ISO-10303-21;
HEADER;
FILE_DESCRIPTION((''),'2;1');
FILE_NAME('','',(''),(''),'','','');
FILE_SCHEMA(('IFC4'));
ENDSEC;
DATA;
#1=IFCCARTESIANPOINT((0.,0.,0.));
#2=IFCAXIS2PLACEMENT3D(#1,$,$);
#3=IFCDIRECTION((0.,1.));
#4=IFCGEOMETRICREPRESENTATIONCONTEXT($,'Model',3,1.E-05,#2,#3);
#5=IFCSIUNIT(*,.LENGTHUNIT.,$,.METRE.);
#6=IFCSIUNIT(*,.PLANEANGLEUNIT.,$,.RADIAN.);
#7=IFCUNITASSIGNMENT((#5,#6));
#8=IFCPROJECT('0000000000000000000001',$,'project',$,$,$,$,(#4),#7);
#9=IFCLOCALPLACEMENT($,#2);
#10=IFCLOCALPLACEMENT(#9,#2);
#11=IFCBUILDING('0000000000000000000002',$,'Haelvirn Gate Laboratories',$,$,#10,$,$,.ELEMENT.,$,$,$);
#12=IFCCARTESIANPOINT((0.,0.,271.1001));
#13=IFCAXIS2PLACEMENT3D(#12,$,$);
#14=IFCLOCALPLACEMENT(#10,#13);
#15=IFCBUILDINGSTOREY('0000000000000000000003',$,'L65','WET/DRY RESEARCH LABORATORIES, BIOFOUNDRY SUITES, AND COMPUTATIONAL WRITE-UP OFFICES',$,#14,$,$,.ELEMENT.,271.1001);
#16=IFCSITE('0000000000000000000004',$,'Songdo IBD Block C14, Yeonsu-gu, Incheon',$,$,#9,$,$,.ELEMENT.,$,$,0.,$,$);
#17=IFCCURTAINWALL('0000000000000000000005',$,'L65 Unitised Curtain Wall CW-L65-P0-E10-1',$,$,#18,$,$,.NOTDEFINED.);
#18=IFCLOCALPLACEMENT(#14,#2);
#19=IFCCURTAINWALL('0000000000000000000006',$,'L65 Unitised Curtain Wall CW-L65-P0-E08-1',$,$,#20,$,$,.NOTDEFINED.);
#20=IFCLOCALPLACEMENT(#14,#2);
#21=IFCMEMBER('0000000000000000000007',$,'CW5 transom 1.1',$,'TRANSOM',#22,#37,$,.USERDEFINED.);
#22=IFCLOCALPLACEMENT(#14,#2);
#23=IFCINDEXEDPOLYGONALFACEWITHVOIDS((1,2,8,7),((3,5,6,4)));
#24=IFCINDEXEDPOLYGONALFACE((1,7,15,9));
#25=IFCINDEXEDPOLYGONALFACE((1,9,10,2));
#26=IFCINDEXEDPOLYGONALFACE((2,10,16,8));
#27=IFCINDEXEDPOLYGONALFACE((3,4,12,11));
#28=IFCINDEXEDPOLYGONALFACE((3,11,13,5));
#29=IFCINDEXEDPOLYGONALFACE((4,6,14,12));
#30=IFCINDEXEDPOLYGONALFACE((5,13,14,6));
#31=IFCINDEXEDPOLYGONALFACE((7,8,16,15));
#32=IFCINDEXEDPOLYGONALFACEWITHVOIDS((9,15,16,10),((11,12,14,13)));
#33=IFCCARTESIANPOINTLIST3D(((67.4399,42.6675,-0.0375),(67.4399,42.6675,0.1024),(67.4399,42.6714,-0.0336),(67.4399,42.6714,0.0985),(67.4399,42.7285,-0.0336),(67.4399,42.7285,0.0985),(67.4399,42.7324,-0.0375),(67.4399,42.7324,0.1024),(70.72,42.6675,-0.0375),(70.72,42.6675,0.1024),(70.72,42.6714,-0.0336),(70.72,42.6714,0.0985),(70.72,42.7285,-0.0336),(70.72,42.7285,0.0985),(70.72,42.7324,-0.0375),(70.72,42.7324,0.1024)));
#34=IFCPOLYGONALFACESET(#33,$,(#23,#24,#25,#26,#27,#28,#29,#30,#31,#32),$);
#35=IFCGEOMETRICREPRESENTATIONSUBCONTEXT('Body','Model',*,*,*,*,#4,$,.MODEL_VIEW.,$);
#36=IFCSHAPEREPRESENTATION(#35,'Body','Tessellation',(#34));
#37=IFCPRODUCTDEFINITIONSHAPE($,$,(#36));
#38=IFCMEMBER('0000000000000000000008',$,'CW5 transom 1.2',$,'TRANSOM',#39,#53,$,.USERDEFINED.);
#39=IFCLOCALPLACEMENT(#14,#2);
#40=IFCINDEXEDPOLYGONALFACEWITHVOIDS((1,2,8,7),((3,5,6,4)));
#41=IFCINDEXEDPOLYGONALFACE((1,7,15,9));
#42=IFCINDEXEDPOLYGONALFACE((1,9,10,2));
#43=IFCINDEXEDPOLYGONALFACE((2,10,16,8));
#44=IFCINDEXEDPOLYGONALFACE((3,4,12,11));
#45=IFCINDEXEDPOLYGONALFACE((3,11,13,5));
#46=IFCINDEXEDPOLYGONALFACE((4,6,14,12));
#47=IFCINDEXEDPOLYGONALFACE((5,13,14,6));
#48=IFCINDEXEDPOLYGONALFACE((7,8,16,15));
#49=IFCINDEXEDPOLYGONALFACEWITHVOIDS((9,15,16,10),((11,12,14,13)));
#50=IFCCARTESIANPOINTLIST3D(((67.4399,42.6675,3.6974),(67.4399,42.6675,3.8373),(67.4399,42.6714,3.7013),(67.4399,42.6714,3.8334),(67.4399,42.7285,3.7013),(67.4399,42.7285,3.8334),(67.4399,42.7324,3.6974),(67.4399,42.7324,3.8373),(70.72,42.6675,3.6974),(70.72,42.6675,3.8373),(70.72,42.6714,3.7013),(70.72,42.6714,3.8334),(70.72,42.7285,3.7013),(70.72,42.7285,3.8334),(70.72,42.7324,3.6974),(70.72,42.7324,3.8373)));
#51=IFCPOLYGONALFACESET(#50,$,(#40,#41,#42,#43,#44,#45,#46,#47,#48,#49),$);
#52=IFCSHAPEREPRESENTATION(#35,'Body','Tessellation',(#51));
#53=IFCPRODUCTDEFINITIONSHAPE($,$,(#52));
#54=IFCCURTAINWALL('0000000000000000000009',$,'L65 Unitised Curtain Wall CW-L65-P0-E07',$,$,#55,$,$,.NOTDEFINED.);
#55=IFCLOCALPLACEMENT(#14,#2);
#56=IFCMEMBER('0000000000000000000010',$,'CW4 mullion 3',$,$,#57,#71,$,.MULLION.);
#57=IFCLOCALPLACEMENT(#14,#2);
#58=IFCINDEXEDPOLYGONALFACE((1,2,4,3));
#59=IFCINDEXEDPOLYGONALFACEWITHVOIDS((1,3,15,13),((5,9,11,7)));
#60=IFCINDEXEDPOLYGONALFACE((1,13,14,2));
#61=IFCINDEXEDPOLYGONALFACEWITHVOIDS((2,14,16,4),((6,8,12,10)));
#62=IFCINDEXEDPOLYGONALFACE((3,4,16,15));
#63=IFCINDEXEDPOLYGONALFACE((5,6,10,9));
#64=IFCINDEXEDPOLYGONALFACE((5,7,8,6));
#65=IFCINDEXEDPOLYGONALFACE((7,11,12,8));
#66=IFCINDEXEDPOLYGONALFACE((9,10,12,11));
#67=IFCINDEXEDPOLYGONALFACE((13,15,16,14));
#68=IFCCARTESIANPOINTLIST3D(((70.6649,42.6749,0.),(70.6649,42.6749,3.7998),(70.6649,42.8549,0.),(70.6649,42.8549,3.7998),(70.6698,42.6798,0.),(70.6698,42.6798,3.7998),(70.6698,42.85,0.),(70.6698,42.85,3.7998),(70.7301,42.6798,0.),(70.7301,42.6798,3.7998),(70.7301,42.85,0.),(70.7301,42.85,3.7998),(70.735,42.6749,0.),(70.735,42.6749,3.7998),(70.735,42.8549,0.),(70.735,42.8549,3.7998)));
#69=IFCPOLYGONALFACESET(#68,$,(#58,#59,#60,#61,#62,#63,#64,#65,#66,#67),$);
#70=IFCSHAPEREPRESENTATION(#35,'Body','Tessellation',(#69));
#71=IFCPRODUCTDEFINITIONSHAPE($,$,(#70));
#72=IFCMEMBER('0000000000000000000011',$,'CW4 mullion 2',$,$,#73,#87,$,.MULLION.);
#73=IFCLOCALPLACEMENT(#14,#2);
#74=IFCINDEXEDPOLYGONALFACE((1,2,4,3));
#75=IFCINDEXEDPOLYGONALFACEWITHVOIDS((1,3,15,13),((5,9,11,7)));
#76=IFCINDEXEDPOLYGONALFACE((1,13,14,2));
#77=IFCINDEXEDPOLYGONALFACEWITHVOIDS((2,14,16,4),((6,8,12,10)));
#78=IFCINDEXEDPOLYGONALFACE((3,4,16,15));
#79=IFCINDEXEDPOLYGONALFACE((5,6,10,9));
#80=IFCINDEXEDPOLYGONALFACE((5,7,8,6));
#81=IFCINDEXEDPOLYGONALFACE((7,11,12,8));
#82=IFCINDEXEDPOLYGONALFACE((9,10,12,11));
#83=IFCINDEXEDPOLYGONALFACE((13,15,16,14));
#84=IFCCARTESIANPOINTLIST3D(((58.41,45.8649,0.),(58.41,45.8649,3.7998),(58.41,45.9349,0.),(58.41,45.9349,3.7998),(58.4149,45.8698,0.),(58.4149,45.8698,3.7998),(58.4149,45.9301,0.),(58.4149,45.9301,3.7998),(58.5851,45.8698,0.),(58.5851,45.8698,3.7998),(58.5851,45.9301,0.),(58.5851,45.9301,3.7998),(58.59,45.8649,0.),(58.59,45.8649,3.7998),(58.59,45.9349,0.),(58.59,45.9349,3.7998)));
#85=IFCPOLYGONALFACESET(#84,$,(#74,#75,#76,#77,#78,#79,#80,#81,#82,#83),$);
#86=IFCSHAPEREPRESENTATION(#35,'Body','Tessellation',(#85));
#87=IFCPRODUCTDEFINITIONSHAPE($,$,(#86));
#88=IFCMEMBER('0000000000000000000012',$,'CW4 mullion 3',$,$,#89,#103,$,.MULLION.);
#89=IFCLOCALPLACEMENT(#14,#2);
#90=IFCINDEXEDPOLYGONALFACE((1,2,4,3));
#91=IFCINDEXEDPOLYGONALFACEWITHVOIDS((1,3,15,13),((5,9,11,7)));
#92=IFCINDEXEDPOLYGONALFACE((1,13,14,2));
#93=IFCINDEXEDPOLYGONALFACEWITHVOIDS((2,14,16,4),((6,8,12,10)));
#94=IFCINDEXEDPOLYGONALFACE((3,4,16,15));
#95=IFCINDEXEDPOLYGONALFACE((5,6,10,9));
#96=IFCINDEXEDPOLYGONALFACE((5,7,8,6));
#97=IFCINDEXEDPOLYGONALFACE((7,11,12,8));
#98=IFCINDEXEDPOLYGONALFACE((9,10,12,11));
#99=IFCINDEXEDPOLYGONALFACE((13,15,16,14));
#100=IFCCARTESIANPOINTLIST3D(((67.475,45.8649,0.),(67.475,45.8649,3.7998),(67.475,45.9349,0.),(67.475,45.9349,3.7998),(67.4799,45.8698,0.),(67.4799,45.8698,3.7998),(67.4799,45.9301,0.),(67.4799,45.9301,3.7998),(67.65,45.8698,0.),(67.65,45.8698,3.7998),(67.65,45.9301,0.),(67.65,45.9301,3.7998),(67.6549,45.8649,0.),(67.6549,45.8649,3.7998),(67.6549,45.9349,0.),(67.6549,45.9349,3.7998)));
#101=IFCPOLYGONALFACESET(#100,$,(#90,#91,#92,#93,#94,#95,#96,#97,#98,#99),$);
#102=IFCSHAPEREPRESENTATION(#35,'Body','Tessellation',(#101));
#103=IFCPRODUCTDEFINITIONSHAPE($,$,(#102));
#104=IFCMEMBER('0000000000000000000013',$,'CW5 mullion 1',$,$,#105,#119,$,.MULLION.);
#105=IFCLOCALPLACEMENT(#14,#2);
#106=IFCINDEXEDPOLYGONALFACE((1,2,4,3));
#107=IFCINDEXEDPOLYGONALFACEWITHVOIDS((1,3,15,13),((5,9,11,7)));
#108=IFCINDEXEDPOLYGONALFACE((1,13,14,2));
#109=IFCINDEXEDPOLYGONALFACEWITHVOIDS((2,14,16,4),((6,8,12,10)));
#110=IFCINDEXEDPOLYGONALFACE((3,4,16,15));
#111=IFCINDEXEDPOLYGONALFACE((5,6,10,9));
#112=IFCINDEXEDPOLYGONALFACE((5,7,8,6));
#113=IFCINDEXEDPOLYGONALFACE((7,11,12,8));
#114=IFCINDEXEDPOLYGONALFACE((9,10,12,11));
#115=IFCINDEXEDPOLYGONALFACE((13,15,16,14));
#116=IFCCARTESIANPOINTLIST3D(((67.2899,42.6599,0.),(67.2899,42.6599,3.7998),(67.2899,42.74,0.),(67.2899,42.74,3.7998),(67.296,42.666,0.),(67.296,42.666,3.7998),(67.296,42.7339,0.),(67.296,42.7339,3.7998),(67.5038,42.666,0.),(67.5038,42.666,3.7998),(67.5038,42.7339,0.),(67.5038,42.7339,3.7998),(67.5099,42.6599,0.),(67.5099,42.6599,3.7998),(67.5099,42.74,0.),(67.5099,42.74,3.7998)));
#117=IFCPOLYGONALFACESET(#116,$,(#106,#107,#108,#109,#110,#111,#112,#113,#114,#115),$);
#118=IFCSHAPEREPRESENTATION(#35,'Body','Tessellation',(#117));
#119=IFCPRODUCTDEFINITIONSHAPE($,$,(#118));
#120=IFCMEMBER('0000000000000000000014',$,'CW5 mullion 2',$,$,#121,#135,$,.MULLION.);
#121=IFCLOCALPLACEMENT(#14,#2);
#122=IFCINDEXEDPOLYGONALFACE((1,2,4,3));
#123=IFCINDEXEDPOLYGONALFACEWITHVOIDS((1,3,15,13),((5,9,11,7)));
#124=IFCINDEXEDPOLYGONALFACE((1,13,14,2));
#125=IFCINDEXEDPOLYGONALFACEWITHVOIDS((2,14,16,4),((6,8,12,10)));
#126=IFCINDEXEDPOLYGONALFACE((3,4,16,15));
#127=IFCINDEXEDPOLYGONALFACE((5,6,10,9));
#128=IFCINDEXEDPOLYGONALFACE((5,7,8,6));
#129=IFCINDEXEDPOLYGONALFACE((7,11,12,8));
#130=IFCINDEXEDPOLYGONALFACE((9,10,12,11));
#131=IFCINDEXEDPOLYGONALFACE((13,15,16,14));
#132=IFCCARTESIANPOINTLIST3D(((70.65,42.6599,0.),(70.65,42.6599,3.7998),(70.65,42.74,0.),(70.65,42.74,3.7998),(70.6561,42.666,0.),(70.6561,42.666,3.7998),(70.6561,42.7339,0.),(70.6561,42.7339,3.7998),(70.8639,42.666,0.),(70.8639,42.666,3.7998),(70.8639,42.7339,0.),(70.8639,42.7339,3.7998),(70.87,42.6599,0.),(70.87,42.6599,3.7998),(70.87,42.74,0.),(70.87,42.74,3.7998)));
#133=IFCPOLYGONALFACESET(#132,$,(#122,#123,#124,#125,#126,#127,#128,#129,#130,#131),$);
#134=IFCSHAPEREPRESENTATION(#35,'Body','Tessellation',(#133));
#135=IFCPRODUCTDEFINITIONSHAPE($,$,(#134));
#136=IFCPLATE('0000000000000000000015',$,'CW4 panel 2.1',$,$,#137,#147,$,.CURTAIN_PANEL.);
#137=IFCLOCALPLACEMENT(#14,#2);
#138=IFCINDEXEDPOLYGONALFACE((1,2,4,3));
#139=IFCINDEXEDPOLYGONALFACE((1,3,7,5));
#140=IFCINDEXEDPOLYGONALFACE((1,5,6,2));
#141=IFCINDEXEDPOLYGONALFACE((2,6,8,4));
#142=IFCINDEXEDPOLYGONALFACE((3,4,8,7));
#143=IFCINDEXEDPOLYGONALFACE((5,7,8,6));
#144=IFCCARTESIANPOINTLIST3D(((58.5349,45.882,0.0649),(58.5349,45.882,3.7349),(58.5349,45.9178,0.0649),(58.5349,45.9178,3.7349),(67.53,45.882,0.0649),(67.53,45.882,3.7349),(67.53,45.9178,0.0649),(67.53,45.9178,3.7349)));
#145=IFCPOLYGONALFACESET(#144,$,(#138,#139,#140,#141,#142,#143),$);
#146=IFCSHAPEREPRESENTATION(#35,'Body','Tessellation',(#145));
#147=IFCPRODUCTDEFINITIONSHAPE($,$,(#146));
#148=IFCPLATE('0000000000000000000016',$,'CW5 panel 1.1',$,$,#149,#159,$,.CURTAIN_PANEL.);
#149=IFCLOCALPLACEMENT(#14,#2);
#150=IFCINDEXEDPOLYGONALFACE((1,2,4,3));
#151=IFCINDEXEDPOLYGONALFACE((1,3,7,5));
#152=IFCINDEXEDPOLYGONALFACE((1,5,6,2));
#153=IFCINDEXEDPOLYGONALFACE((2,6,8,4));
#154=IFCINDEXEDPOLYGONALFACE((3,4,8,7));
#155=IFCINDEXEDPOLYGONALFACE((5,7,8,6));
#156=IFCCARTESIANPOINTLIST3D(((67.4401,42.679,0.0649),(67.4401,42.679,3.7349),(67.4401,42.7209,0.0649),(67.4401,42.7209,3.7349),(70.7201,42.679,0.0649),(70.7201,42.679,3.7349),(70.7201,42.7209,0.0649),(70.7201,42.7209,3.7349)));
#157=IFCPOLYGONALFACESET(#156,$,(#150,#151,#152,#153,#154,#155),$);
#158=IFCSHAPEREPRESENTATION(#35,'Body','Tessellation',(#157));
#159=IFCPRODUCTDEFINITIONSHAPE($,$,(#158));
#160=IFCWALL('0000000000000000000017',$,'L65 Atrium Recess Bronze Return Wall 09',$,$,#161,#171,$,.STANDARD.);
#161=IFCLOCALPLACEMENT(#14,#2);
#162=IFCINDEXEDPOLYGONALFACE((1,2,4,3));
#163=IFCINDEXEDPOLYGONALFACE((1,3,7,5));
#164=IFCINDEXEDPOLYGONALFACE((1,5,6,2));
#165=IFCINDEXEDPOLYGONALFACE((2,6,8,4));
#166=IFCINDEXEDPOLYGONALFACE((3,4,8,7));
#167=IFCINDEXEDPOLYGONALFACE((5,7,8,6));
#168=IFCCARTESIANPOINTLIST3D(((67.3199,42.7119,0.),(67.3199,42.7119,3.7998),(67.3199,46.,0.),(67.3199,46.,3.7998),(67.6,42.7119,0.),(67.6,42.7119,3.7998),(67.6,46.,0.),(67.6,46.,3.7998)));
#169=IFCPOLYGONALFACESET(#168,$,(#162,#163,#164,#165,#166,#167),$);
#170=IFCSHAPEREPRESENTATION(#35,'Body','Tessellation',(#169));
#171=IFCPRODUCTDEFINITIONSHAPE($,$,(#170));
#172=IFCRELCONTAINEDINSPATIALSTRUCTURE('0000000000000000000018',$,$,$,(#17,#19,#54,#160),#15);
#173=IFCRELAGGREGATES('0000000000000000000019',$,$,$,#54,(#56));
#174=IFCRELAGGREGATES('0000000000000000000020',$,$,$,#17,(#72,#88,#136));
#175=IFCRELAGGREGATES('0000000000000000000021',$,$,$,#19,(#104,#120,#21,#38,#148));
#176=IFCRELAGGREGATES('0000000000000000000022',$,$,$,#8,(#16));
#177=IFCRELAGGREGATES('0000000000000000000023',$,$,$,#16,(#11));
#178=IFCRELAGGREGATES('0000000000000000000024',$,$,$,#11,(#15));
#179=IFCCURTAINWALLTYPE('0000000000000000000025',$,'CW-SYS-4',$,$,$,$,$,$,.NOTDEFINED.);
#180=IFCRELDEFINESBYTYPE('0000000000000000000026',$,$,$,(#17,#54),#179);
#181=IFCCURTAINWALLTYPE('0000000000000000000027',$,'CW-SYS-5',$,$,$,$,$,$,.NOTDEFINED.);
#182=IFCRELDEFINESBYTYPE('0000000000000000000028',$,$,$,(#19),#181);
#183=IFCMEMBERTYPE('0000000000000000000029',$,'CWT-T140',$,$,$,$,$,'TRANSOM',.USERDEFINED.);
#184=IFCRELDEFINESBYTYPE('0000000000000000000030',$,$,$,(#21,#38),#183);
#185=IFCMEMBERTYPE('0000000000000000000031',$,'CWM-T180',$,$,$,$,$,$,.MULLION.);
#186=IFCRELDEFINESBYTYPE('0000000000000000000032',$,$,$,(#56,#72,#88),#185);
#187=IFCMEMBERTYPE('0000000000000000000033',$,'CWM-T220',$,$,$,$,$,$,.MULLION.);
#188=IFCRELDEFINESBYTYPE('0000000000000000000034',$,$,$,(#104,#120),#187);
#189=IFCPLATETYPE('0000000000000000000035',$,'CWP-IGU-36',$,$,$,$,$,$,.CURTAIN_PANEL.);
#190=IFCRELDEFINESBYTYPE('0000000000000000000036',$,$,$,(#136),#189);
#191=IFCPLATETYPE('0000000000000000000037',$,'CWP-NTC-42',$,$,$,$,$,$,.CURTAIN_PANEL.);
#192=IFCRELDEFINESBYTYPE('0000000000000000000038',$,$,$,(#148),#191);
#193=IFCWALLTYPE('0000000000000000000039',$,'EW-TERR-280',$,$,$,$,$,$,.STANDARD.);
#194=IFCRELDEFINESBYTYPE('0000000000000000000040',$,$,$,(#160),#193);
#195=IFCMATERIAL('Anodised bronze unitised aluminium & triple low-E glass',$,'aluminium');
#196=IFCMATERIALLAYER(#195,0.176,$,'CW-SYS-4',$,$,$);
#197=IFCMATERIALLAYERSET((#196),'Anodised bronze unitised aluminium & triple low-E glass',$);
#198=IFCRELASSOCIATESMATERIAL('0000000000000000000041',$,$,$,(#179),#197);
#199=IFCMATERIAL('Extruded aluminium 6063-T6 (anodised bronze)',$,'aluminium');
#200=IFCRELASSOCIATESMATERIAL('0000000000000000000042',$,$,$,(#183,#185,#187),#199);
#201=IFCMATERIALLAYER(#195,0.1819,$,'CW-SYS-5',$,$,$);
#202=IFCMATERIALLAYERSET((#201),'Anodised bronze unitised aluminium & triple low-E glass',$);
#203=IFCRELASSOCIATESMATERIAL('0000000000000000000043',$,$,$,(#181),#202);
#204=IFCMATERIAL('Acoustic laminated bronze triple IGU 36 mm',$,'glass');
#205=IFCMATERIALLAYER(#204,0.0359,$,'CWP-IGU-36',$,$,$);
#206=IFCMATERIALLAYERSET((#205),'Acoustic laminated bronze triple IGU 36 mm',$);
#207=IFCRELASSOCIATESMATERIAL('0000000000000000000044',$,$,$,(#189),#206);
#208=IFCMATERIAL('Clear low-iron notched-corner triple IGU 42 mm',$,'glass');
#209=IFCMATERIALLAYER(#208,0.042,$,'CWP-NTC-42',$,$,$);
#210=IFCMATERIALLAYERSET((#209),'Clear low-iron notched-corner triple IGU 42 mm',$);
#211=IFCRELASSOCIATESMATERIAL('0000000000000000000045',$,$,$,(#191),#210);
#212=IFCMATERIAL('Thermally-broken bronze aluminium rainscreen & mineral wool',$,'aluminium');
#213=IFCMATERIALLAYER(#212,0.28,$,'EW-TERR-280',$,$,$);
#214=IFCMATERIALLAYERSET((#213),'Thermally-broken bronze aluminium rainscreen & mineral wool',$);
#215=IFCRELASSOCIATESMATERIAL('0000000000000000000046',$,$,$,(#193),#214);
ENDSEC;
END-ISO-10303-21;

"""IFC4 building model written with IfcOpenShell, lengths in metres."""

from ifc_helpers import new_model, si_unit, direction, frame, frame_2d, origin, origin_2d, place, context, subcontext, project, spatial, rectangle, hollow_rectangle, extrude, source, transform, mapped, material, layer, layer_set, material_profile, profile_set, type_object, type_shapes, element, aggregate, save


model = new_model("IFC4")

# Units and contexts
model_context = context("Model", 3, precision=1e-05, world=origin(), true_north=direction((0.0, 1.0)))
body_context = subcontext(model_context, "Body", "Model", "MODEL_VIEW")
ifc_project = project(units=[si_unit("LENGTHUNIT", "METRE"), si_unit("PLANEANGLEUNIT", "RADIAN")], contexts=[model_context])

# Site, building, storey
site_placement = place(None, origin())
site = spatial("IfcSite", under=ifc_project, at=site_placement, Name="Songdo IBD Block C14, Yeonsu-gu, Incheon", CompositionType="ELEMENT", RefElevation=0.0)
building_placement = place(site_placement, origin())
building = spatial("IfcBuilding", under=site, at=building_placement, Name="Haelvirn Gate Laboratories", CompositionType="ELEMENT")
storey_placement = place(building_placement, frame((0.0, 0.0, 271.1001)))
storey = spatial("IfcBuildingStorey", under=building, at=storey_placement, Name="L65", Description="WET/DRY RESEARCH LABORATORIES, BIOFOUNDRY SUITES, AND COMPUTATIONAL WRITE-UP OFFICES", CompositionType="ELEMENT", Elevation=271.1001)

# Curtain walls, members
ifc_material_1 = material(Name="Anodised bronze unitised aluminium & triple low-E glass", Category="aluminium")
ifc_layer_1 = layer(ifc_material_1, 0.176, Name="CW-SYS-4")
ifc_layer_set_1 = layer_set([ifc_layer_1], Name="Anodised bronze unitised aluminium & triple low-E glass")
curtain_wall_type_1 = type_object("IfcCurtainWallType", Name="CW-SYS-4", PredefinedType="NOTDEFINED", material=ifc_layer_set_1)
curtain_wall_1_placement = place(storey_placement, origin())
curtain_wall_1 = element("IfcCurtainWall", 1, at=curtain_wall_1_placement, inside=storey, type_object=curtain_wall_type_1, Name="L65 Unitised Curtain Wall CW-L65-P0-E10-1", PredefinedType="NOTDEFINED")
ifc_material_2 = material(Name="Extruded aluminium 6063-T6 (anodised bronze)", Category="aluminium")
ifc_material_profile_1 = material_profile(ifc_material_2, hollow_rectangle(XDim=0.0649, YDim=0.1399, WallThickness=0.0039, at=origin_2d()), Name="CWT-140x65x4")
ifc_profile_set_1 = profile_set([ifc_material_profile_1], Name="Extruded aluminium 6063-T6 (anodised bronze)")
member_type_1 = type_object("IfcMemberType", Name="CWT-T140", ElementType="TRANSOM", PredefinedType="USERDEFINED", material=ifc_profile_set_1)
ifc_layer_2 = layer(ifc_material_1, 0.1819, Name="CW-SYS-5")
ifc_layer_set_2 = layer_set([ifc_layer_2], Name="Anodised bronze unitised aluminium & triple low-E glass")
curtain_wall_type_2 = type_object("IfcCurtainWallType", Name="CW-SYS-5", PredefinedType="NOTDEFINED", material=ifc_layer_set_2)
curtain_wall_2_placement = place(storey_placement, origin())
curtain_wall_2 = element("IfcCurtainWall", 2, at=curtain_wall_2_placement, inside=storey, type_object=curtain_wall_type_2, Name="L65 Unitised Curtain Wall CW-L65-P0-E08-1", PredefinedType="NOTDEFINED")
shared_shape_1 = source(origin(), body_context, "Body", "SweptSolid", [
    extrude(hollow_rectangle(XDim=0.0649, YDim=0.1399, WallThickness=0.0039, at=origin_2d()), origin(), (0.0, 0.0, 1.0), 3.28),
])
member_1_placement = place(storey_placement, frame((67.4399, 42.7, 0.0325), z_axis=(1.0, 0.0, 0.0), x_axis=(0.0, 1.0, 0.0)))
member_1 = element("IfcMember", 3, at=member_1_placement, type_object=member_type_1, Name="CW5 transom 1.1", ObjectType="TRANSOM", PredefinedType="USERDEFINED", context=body_context, shape_type="MappedRepresentation", body=[
    mapped(shared_shape_1, transform((0.0, 0.0, 0.0), scale=1.0)),
])
member_2_placement = place(storey_placement, frame((67.4399, 42.7, 3.7673), z_axis=(1.0, 0.0, 0.0), x_axis=(0.0, 1.0, 0.0)))
member_2 = element("IfcMember", 4, at=member_2_placement, type_object=member_type_1, Name="CW5 transom 1.2", ObjectType="TRANSOM", PredefinedType="USERDEFINED", context=body_context, shape_type="MappedRepresentation", body=[
    mapped(shared_shape_1, transform((0.0, 0.0, 0.0), scale=1.0)),
])

# Curtain wall, member
curtain_wall_3_placement = place(storey_placement, origin())
curtain_wall_3 = element("IfcCurtainWall", 5, at=curtain_wall_3_placement, inside=storey, type_object=curtain_wall_type_1, Name="L65 Unitised Curtain Wall CW-L65-P0-E07", PredefinedType="NOTDEFINED")
ifc_material_profile_2 = material_profile(ifc_material_2, hollow_rectangle(XDim=0.0701, YDim=0.1799, WallThickness=0.0049, at=origin_2d()), Name="CWM-180x70x5")
ifc_profile_set_2 = profile_set([ifc_material_profile_2], Name="Extruded aluminium 6063-T6 (anodised bronze)")
member_type_2 = type_object("IfcMemberType", Name="CWM-T180", PredefinedType="MULLION", material=ifc_profile_set_2)
shared_shape_2 = source(origin(), body_context, "Body", "SweptSolid", [
    extrude(hollow_rectangle(XDim=0.0701, YDim=0.1799, WallThickness=0.0049, at=origin_2d()), origin(), (0.0, 0.0, 1.0), 3.7998),
])
type_shapes(member_type_2, [shared_shape_2])
member_3_placement = place(storey_placement, frame((70.7, 42.7649, 0.0), z_axis=(0.0, 0.0, 1.0), x_axis=(-1.0, 0.0, 0.0)))
member_3 = element("IfcMember", 6, at=member_3_placement, type_object=member_type_2, Name="CW4 mullion 3", PredefinedType="MULLION", context=body_context, shape_type="MappedRepresentation", body=[
    mapped(shared_shape_2, transform((0.0, 0.0, 0.0), scale=1.0)),
])
aggregate(curtain_wall_3, [member_3])

# Members
member_4_placement = place(storey_placement, frame((58.5, 45.8999, 0.0), z_axis=(0.0, 0.0, 1.0), x_axis=(0.0, 1.0, 0.0)))
member_4 = element("IfcMember", 7, at=member_4_placement, type_object=member_type_2, Name="CW4 mullion 2", PredefinedType="MULLION", context=body_context, shape_type="MappedRepresentation", body=[
    mapped(shared_shape_2, transform((0.0, 0.0, 0.0), scale=1.0)),
])
member_5_placement = place(storey_placement, frame((67.5649, 45.8999, 0.0), z_axis=(0.0, 0.0, 1.0), x_axis=(0.0, 1.0, 0.0)))
member_5 = element("IfcMember", 8, at=member_5_placement, type_object=member_type_2, Name="CW4 mullion 3", PredefinedType="MULLION", context=body_context, shape_type="MappedRepresentation", body=[
    mapped(shared_shape_2, transform((0.0, 0.0, 0.0), scale=1.0)),
])
ifc_material_profile_3 = material_profile(ifc_material_2, hollow_rectangle(XDim=0.0801, YDim=0.22, WallThickness=0.0061, at=origin_2d()), Name="CWM-220x80x6")
ifc_profile_set_3 = profile_set([ifc_material_profile_3], Name="Extruded aluminium 6063-T6 (anodised bronze)")
member_type_3 = type_object("IfcMemberType", Name="CWM-T220", PredefinedType="MULLION", material=ifc_profile_set_3)
shared_shape_3 = source(origin(), body_context, "Body", "SweptSolid", [
    extrude(hollow_rectangle(XDim=0.0801, YDim=0.22, WallThickness=0.0061, at=origin_2d()), origin(), (0.0, 0.0, 1.0), 3.7998),
])
type_shapes(member_type_3, [shared_shape_3])
member_6_placement = place(storey_placement, frame((67.3999, 42.7, 0.0), z_axis=(0.0, 0.0, 1.0), x_axis=(0.0, 1.0, 0.0)))
member_6 = element("IfcMember", 9, at=member_6_placement, type_object=member_type_3, Name="CW5 mullion 1", PredefinedType="MULLION", context=body_context, shape_type="MappedRepresentation", body=[
    mapped(shared_shape_3, transform((0.0, 0.0, 0.0), scale=1.0)),
])
member_7_placement = place(storey_placement, frame((70.76, 42.7, 0.0), z_axis=(0.0, 0.0, 1.0), x_axis=(0.0, 1.0, 0.0)))
member_7 = element("IfcMember", 10, at=member_7_placement, type_object=member_type_3, Name="CW5 mullion 2", PredefinedType="MULLION", context=body_context, shape_type="MappedRepresentation", body=[
    mapped(shared_shape_3, transform((0.0, 0.0, 0.0), scale=1.0)),
])

# Plates
ifc_material_3 = material(Name="Acoustic laminated bronze triple IGU 36 mm", Category="glass")
ifc_layer_3 = layer(ifc_material_3, 0.0359, Name="CWP-IGU-36")
ifc_layer_set_3 = layer_set([ifc_layer_3], Name="Acoustic laminated bronze triple IGU 36 mm")
plate_type_1 = type_object("IfcPlateType", Name="CWP-IGU-36", PredefinedType="CURTAIN_PANEL", material=ifc_layer_set_3)
shared_shape_4 = source(origin(), body_context, "Body", "SweptSolid", [
    extrude(rectangle(XDim=8.9951, YDim=0.0359, at=origin_2d()), origin(), (0.0, 0.0, 1.0), 3.6699),
])
type_shapes(plate_type_1, [shared_shape_4])
plate_1_placement = place(storey_placement, frame((63.0325, 45.8999, 0.0649), z_axis=(0.0, 0.0, 1.0), x_axis=(1.0, 0.0, 0.0)))
plate_1 = element("IfcPlate", 11, at=plate_1_placement, type_object=plate_type_1, Name="CW4 panel 2.1", PredefinedType="CURTAIN_PANEL", context=body_context, shape_type="MappedRepresentation", body=[
    mapped(shared_shape_4, transform((0.0, 0.0, 0.0), scale=1.0)),
])
aggregate(curtain_wall_1, [member_4, member_5, plate_1])
ifc_material_4 = material(Name="Clear low-iron notched-corner triple IGU 42 mm", Category="glass")
ifc_layer_4 = layer(ifc_material_4, 0.042, Name="CWP-NTC-42")
ifc_layer_set_4 = layer_set([ifc_layer_4], Name="Clear low-iron notched-corner triple IGU 42 mm")
plate_type_2 = type_object("IfcPlateType", Name="CWP-NTC-42", PredefinedType="CURTAIN_PANEL", material=ifc_layer_set_4)
shared_shape_5 = source(origin(), body_context, "Body", "SweptSolid", [
    extrude(rectangle(XDim=3.28, YDim=0.042, at=origin_2d()), origin(), (0.0, 0.0, 1.0), 3.6699),
])
type_shapes(plate_type_2, [shared_shape_5])
plate_2_placement = place(storey_placement, frame((69.0801, 42.7, 0.0649), z_axis=(0.0, 0.0, 1.0), x_axis=(1.0, 0.0, 0.0)))
plate_2 = element("IfcPlate", 12, at=plate_2_placement, type_object=plate_type_2, Name="CW5 panel 1.1", PredefinedType="CURTAIN_PANEL", context=body_context, shape_type="MappedRepresentation", body=[
    mapped(shared_shape_5, transform((0.0, 0.0, 0.0), scale=1.0)),
])
aggregate(curtain_wall_2, [member_6, member_7, member_1, member_2, plate_2])

# Wall
ifc_material_5 = material(Name="Thermally-broken bronze aluminium rainscreen & mineral wool", Category="aluminium")
ifc_layer_5 = layer(ifc_material_5, 0.28, Name="EW-TERR-280")
ifc_layer_set_5 = layer_set([ifc_layer_5], Name="Thermally-broken bronze aluminium rainscreen & mineral wool")
wall_type_1 = type_object("IfcWallType", Name="EW-TERR-280", PredefinedType="STANDARD", material=ifc_layer_set_5)
wall_1_placement = place(storey_placement, frame((67.46, 42.7119, 0.0), z_axis=(0.0, 0.0, 1.0), x_axis=(0.0, 1.0, 0.0)))
element("IfcWall", 13, at=wall_1_placement, inside=storey, type_object=wall_type_1, Name="L65 Atrium Recess Bronze Return Wall 09", PredefinedType="STANDARD", context=body_context, shape_type="SweptSolid", body=[
    extrude(rectangle(XDim=3.2881, YDim=0.28, at=frame_2d((1.644, 0.0))), origin(), (0.0, 0.0, 1.0), 3.7998),
])

save(model, "model.ifc")
